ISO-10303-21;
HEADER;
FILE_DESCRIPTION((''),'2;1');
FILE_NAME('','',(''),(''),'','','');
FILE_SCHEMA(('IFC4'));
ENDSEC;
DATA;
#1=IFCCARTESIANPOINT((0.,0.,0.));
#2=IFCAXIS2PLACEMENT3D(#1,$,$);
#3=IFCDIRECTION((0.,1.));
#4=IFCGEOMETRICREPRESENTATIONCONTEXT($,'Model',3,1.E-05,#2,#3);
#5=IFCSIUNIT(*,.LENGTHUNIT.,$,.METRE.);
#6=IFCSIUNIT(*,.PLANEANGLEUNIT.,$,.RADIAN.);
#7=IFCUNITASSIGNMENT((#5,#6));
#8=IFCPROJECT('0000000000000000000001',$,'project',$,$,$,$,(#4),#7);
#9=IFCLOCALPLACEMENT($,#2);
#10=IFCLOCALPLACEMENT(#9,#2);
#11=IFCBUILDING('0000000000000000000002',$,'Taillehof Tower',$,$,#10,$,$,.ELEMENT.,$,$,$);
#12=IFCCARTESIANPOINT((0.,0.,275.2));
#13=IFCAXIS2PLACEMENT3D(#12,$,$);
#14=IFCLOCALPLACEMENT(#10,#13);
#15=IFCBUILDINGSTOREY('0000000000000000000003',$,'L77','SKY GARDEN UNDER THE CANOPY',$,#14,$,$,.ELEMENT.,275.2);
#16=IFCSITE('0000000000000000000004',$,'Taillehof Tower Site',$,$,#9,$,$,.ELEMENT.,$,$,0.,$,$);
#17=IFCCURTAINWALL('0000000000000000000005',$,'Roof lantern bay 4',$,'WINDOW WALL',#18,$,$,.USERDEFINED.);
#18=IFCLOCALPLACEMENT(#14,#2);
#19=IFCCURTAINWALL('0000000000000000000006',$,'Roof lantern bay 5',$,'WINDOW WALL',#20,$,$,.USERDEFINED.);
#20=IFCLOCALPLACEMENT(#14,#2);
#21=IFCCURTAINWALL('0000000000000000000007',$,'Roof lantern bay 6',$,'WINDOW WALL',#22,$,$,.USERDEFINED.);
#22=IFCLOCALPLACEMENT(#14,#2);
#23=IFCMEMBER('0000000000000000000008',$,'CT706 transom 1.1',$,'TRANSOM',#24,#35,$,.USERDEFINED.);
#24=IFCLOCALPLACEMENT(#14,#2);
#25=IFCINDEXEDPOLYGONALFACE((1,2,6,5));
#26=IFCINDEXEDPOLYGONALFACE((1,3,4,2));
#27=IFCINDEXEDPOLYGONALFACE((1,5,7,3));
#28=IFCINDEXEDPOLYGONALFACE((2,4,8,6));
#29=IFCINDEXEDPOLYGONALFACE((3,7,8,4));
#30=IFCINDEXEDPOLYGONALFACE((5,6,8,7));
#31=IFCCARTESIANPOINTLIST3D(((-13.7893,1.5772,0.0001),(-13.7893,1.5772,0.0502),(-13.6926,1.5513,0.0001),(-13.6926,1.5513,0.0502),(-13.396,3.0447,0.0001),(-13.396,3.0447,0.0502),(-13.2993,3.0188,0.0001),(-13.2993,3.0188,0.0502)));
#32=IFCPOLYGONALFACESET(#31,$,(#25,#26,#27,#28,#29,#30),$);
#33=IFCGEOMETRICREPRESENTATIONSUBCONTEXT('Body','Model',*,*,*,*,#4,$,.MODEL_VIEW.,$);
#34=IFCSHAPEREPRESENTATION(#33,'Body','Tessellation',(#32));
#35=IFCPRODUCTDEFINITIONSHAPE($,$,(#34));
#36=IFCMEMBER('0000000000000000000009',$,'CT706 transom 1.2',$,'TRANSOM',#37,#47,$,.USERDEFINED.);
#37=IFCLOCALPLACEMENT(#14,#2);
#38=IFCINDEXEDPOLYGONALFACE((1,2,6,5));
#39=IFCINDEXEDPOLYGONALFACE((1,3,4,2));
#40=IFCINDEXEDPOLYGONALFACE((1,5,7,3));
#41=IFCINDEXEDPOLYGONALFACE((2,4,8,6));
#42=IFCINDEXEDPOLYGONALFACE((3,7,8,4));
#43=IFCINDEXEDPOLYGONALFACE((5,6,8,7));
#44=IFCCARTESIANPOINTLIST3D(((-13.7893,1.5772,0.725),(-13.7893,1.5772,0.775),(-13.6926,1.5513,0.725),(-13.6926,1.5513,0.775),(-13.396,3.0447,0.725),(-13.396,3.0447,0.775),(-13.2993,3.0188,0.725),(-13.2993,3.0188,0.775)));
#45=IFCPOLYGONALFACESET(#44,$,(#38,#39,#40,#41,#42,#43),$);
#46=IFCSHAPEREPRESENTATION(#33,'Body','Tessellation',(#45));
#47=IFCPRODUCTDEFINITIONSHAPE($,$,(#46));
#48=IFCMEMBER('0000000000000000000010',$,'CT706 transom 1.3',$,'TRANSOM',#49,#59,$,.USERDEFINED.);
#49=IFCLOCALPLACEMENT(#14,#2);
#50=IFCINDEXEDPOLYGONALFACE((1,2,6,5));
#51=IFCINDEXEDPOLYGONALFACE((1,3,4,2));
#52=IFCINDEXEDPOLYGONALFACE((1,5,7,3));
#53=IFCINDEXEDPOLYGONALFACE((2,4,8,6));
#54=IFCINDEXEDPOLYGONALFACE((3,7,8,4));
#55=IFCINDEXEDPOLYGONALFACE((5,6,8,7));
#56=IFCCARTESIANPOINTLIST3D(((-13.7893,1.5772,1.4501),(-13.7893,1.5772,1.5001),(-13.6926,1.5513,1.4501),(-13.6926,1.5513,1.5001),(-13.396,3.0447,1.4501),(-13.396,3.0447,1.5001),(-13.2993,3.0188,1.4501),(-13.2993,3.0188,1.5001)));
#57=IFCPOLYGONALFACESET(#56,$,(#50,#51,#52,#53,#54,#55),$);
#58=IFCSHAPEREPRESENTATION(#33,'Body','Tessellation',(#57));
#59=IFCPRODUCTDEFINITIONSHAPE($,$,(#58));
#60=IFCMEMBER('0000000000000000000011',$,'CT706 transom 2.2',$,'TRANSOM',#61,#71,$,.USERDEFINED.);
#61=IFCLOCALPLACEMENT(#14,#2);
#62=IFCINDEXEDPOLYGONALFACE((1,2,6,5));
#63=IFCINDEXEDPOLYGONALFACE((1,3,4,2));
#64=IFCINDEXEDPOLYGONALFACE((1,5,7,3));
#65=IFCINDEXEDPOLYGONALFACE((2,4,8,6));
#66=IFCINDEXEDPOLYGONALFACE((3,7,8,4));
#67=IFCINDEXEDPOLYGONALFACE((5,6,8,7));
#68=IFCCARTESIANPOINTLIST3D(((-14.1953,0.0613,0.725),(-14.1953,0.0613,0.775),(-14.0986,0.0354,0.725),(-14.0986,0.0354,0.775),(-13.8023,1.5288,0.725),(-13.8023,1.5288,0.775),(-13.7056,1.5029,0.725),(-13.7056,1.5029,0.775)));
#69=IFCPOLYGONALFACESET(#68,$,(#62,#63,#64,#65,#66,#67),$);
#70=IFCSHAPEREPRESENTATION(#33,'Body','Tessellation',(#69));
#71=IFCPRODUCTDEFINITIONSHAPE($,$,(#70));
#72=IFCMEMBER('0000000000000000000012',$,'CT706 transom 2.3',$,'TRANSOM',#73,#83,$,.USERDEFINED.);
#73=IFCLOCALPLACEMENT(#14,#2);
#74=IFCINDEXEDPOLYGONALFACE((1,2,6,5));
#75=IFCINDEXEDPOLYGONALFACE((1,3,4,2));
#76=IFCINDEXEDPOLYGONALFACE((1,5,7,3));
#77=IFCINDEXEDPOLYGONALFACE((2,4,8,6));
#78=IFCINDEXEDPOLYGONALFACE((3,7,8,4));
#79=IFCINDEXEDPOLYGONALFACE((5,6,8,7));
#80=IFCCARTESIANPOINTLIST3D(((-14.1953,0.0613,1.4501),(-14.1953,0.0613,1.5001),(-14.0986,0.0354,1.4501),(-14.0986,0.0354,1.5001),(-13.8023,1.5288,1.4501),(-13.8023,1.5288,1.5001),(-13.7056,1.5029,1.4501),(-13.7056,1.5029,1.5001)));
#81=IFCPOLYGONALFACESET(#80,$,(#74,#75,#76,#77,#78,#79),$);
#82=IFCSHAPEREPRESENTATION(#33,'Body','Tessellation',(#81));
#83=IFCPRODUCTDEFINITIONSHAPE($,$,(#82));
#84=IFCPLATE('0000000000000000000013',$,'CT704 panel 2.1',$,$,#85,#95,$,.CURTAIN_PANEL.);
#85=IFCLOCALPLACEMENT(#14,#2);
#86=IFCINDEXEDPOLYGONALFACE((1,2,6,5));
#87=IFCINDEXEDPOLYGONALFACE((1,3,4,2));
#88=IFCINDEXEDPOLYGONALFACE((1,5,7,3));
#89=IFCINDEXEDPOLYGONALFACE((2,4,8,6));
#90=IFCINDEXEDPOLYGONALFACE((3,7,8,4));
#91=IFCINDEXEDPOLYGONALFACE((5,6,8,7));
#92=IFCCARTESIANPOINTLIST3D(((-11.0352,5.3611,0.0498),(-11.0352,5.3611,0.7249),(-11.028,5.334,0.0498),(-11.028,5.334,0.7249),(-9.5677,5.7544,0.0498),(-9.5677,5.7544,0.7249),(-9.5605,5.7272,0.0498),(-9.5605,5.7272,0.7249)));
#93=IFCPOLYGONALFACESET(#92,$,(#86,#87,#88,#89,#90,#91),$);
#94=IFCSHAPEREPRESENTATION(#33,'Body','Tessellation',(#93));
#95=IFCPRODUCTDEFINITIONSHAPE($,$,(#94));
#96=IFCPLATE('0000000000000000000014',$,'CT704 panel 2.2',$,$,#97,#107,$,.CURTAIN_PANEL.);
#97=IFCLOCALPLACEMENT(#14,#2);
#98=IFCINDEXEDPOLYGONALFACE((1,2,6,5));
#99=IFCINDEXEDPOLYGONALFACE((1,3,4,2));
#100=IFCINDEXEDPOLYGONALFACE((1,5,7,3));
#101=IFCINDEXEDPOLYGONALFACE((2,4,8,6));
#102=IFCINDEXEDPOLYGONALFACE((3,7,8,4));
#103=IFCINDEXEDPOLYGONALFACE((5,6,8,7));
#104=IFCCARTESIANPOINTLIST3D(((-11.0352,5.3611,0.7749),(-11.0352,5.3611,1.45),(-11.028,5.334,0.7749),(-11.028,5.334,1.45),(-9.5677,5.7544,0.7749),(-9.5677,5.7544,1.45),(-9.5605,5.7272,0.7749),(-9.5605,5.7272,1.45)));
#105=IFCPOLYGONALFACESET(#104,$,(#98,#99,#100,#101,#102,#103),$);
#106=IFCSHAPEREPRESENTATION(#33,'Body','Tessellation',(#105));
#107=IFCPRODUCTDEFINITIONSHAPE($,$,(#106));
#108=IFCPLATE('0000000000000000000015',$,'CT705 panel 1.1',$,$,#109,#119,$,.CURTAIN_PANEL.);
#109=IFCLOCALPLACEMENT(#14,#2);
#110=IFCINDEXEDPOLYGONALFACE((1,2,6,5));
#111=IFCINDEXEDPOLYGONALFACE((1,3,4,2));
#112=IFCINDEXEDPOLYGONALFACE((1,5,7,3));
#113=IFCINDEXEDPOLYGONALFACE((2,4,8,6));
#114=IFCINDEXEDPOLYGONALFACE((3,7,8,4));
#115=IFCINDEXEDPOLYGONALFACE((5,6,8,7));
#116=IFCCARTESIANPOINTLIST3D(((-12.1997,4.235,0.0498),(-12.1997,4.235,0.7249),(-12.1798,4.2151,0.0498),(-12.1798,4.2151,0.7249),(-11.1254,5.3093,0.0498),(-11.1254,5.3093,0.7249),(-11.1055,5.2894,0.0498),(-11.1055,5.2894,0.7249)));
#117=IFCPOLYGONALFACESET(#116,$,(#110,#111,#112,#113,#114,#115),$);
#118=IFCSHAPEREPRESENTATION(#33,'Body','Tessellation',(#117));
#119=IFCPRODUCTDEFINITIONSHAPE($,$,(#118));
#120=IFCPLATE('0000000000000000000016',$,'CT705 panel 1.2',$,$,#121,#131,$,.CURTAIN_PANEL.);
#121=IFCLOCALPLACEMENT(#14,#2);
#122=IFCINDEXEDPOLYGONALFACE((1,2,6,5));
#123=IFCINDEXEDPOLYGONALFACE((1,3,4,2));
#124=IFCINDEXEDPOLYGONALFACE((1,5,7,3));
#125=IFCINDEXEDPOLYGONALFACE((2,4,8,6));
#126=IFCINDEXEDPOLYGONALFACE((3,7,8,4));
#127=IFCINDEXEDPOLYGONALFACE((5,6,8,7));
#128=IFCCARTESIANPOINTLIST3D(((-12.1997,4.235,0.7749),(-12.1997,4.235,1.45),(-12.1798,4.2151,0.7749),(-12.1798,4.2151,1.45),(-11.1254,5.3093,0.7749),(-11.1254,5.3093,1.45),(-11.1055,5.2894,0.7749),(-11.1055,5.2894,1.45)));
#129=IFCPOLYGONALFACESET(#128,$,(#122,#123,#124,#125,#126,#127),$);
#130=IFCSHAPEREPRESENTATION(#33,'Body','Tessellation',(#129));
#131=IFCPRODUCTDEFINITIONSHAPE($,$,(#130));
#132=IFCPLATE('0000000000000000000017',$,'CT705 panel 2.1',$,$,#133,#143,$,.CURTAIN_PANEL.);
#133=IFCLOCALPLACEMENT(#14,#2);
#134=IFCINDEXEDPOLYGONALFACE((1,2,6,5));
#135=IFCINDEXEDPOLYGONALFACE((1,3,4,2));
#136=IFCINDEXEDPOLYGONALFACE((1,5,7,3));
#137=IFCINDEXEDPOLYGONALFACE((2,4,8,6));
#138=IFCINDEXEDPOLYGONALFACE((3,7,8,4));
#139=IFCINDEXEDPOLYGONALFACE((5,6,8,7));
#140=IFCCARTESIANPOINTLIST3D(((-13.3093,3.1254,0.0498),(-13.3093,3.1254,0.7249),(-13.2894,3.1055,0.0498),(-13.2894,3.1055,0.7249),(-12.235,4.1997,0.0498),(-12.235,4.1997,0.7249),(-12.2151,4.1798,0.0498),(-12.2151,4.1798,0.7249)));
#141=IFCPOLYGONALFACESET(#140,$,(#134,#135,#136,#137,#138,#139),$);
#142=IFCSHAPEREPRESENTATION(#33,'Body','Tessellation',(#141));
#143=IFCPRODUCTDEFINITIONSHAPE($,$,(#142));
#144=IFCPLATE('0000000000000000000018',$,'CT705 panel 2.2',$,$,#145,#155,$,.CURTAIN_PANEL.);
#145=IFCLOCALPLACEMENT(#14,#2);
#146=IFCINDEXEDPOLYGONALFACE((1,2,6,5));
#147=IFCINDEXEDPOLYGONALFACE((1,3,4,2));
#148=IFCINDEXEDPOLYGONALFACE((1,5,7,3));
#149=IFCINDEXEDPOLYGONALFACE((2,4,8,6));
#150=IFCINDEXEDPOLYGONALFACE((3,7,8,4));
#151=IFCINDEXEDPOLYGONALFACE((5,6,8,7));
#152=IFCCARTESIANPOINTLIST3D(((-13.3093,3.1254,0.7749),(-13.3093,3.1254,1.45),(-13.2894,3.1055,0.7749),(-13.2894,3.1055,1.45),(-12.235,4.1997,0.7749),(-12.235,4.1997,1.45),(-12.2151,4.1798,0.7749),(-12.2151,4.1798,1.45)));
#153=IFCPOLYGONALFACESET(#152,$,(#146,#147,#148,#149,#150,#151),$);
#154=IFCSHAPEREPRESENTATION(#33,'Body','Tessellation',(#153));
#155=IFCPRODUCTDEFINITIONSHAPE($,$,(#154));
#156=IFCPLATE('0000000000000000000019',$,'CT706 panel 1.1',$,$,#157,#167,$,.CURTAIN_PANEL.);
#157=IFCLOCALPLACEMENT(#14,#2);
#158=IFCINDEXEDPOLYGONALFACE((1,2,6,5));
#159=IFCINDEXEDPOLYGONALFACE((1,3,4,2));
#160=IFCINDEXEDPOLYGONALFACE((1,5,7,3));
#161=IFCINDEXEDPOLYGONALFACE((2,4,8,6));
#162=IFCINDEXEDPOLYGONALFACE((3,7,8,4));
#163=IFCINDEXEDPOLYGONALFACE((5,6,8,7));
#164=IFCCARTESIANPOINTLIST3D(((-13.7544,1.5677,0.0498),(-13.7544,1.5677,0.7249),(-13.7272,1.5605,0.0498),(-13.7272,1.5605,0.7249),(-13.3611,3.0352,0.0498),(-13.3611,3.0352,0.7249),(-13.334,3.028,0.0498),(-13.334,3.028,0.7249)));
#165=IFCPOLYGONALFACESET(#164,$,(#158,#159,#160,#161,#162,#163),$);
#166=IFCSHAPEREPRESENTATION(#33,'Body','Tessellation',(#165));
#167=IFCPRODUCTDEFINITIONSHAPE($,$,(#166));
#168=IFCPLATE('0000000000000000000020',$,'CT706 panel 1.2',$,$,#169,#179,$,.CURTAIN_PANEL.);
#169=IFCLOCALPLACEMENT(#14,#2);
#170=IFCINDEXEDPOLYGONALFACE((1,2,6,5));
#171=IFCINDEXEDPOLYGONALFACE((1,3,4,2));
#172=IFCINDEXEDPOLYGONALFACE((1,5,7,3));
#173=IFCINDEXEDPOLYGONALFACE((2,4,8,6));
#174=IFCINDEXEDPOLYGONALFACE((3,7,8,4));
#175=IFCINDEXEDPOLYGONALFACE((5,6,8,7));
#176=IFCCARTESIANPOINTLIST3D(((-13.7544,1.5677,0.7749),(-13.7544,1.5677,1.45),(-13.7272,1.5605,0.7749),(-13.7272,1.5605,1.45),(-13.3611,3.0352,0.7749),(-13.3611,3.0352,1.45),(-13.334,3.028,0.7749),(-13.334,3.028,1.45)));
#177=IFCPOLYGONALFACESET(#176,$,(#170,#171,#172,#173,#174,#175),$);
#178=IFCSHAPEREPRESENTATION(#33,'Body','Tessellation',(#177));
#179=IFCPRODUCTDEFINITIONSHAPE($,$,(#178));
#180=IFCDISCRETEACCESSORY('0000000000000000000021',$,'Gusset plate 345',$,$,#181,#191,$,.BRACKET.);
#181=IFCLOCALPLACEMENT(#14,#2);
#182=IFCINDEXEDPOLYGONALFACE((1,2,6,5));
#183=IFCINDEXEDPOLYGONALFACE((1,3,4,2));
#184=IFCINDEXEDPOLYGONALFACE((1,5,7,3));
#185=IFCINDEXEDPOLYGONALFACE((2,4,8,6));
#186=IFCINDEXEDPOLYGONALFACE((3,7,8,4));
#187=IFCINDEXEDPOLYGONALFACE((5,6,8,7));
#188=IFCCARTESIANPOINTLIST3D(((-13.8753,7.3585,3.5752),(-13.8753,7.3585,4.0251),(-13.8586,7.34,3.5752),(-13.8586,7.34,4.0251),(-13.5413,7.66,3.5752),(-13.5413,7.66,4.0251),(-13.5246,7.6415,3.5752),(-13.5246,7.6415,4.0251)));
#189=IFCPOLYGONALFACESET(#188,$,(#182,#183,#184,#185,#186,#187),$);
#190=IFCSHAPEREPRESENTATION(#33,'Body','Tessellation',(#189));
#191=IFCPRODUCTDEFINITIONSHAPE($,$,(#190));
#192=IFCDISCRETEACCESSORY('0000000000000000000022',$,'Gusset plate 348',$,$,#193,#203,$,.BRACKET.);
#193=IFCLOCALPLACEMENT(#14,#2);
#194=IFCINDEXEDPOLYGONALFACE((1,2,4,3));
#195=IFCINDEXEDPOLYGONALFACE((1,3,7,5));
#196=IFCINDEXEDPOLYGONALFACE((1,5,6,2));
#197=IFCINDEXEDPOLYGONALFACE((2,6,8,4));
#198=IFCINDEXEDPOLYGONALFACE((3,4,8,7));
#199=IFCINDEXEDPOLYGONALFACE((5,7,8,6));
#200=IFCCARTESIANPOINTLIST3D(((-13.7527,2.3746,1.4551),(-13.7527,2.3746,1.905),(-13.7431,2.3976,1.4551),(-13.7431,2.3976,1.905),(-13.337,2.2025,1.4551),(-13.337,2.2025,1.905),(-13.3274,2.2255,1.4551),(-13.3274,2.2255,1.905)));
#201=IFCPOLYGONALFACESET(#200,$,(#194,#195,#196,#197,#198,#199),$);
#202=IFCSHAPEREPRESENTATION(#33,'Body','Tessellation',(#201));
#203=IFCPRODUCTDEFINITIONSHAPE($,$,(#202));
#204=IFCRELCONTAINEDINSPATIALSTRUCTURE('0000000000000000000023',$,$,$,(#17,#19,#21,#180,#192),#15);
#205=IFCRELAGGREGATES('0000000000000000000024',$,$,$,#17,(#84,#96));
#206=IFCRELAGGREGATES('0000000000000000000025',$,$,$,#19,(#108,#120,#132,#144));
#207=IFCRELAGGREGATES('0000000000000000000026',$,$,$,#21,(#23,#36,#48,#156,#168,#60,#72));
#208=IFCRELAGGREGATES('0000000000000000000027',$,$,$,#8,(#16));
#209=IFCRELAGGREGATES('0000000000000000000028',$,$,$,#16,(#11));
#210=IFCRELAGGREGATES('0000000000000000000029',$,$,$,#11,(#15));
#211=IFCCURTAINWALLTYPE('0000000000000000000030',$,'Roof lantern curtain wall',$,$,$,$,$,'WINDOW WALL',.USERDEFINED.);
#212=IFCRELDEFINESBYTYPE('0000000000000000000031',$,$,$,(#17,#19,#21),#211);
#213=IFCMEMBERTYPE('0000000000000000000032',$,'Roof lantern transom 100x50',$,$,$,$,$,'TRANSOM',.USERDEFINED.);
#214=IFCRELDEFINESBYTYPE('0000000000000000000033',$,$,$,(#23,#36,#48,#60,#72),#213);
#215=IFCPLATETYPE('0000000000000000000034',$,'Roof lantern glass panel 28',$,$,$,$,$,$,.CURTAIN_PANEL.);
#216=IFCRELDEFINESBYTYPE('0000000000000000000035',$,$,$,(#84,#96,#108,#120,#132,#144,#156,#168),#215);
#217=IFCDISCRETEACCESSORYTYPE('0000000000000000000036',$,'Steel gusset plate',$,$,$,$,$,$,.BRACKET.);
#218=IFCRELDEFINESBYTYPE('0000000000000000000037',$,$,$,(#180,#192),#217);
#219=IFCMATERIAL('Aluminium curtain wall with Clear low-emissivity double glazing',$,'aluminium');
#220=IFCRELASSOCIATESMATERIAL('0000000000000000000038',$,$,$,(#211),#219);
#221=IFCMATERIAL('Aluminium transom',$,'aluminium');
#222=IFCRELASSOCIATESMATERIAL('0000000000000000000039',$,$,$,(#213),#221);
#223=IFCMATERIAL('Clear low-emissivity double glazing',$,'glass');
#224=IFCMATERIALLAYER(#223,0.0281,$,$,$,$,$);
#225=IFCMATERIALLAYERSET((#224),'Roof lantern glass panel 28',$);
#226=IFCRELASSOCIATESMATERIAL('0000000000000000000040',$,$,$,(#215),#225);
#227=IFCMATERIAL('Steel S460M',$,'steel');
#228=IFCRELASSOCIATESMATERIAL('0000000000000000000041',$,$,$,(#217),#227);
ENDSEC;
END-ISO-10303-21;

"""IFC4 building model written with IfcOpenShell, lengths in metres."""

from ifc_helpers import new_model, si_unit, direction, frame, origin, origin_2d, place, context, subcontext, project, spatial, rectangle, extrude, material, layer, layer_set, material_profile, profile_set, type_object, element, aggregate, save


model = new_model("IFC4")

# Units and contexts
model_context = context("Model", 3, precision=1e-05, world=origin(), true_north=direction((0.0, 1.0)))
body_context = subcontext(model_context, "Body", "Model", "MODEL_VIEW")
ifc_project = project(units=[si_unit("LENGTHUNIT", "METRE"), si_unit("PLANEANGLEUNIT", "RADIAN")], contexts=[model_context])

# Site, building, storey
site_placement = place(None, origin())
site = spatial("IfcSite", under=ifc_project, at=site_placement, Name="Taillehof Tower Site", CompositionType="ELEMENT", RefElevation=0.0)
building_placement = place(site_placement, origin())
building = spatial("IfcBuilding", under=site, at=building_placement, Name="Taillehof Tower", CompositionType="ELEMENT")
storey_placement = place(building_placement, frame((0.0, 0.0, 275.2)))
storey = spatial("IfcBuildingStorey", under=building, at=storey_placement, Name="L77", Description="SKY GARDEN UNDER THE CANOPY", CompositionType="ELEMENT", Elevation=275.2)

# Curtain wall
ifc_material_1 = material(Name="Aluminium curtain wall with Clear low-emissivity double glazing", Category="aluminium")
curtain_wall_type = type_object("IfcCurtainWallType", Name="Roof lantern curtain wall", ElementType="WINDOW WALL", PredefinedType="USERDEFINED", material=ifc_material_1)
curtain_wall_1_placement = place(storey_placement, origin())
curtain_wall_1 = element("IfcCurtainWall", 1, at=curtain_wall_1_placement, inside=storey, type_object=curtain_wall_type, Name="Roof lantern bay 4", ObjectType="WINDOW WALL", PredefinedType="USERDEFINED")

# Curtain walls
curtain_wall_2_placement = place(storey_placement, origin())
curtain_wall_2 = element("IfcCurtainWall", 2, at=curtain_wall_2_placement, inside=storey, type_object=curtain_wall_type, Name="Roof lantern bay 5", ObjectType="WINDOW WALL", PredefinedType="USERDEFINED")
curtain_wall_3_placement = place(storey_placement, origin())
curtain_wall_3 = element("IfcCurtainWall", 3, at=curtain_wall_3_placement, inside=storey, type_object=curtain_wall_type, Name="Roof lantern bay 6", ObjectType="WINDOW WALL", PredefinedType="USERDEFINED")

# Members
ifc_material_2 = material(Name="Aluminium transom", Category="aluminium")
ifc_material_profile_1 = material_profile(ifc_material_2, rectangle(XDim=0.1001, YDim=0.05, at=origin_2d()), Name="AL 100x50")
ifc_profile_set_1 = profile_set([ifc_material_profile_1], Name="Aluminium transom")
member_type_1 = type_object("IfcMemberType", Name="Roof lantern transom 100x50", ElementType="TRANSOM", PredefinedType="USERDEFINED", material=ifc_profile_set_1)
member_1_placement = place(storey_placement, frame((-13.3477, 3.0317, 0.0251), z_axis=(-0.258873, -0.965911, 0.0), x_axis=(0.965911, -0.258873, 0.0)))
member_1 = element("IfcMember", 4, at=member_1_placement, type_object=member_type_1, Name="CT706 transom 1.1", ObjectType="TRANSOM", PredefinedType="USERDEFINED", context=body_context, shape_type="SweptSolid", body=[
    extrude(rectangle(XDim=0.1001, YDim=0.05, at=origin_2d()), origin(), (0.0, 0.0, 1.0), 1.5193),
])
member_2_placement = place(storey_placement, frame((-13.3477, 3.0317, 0.75), z_axis=(-0.258873, -0.965911, 0.0), x_axis=(0.965911, -0.258873, 0.0)))
member_2 = element("IfcMember", 5, at=member_2_placement, type_object=member_type_1, Name="CT706 transom 1.2", ObjectType="TRANSOM", PredefinedType="USERDEFINED", context=body_context, shape_type="SweptSolid", body=[
    extrude(rectangle(XDim=0.1001, YDim=0.05, at=origin_2d()), origin(), (0.0, 0.0, 1.0), 1.5193),
])
member_3_placement = place(storey_placement, frame((-13.3477, 3.0317, 1.4751), z_axis=(-0.258873, -0.965911, 0.0), x_axis=(0.965911, -0.258873, 0.0)))
member_3 = element("IfcMember", 6, at=member_3_placement, type_object=member_type_1, Name="CT706 transom 1.3", ObjectType="TRANSOM", PredefinedType="USERDEFINED", context=body_context, shape_type="SweptSolid", body=[
    extrude(rectangle(XDim=0.1001, YDim=0.05, at=origin_2d()), origin(), (0.0, 0.0, 1.0), 1.5193),
])
member_4_placement = place(storey_placement, frame((-13.7539, 1.5159, 0.75), z_axis=(-0.258723, -0.965952, 0.0), x_axis=(0.965952, -0.258723, 0.0)))
member_4 = element("IfcMember", 7, at=member_4_placement, type_object=member_type_1, Name="CT706 transom 2.2", ObjectType="TRANSOM", PredefinedType="USERDEFINED", context=body_context, shape_type="SweptSolid", body=[
    extrude(rectangle(XDim=0.1001, YDim=0.05, at=origin_2d()), origin(), (0.0, 0.0, 1.0), 1.5193),
])
member_5_placement = place(storey_placement, frame((-13.7539, 1.5159, 1.4751), z_axis=(-0.258723, -0.965952, 0.0), x_axis=(0.965952, -0.258723, 0.0)))
member_5 = element("IfcMember", 8, at=member_5_placement, type_object=member_type_1, Name="CT706 transom 2.3", ObjectType="TRANSOM", PredefinedType="USERDEFINED", context=body_context, shape_type="SweptSolid", body=[
    extrude(rectangle(XDim=0.1001, YDim=0.05, at=origin_2d()), origin(), (0.0, 0.0, 1.0), 1.5193),
])

# Plates
ifc_material_3 = material(Name="Clear low-emissivity double glazing", Category="glass")
ifc_layer = layer(ifc_material_3, 0.0281)
ifc_layer_set = layer_set([ifc_layer], Name="Roof lantern glass panel 28")
plate_type = type_object("IfcPlateType", Name="Roof lantern glass panel 28", PredefinedType="CURTAIN_PANEL", material=ifc_layer_set)
plate_1_placement = place(storey_placement, frame((-10.2979, 5.5442, 0.0498), z_axis=(0.0, 0.0, 1.0), x_axis=(-0.965926, -0.258819, 0.0)))
plate_1 = element("IfcPlate", 9, at=plate_1_placement, type_object=plate_type, Name="CT704 panel 2.1", PredefinedType="CURTAIN_PANEL", context=body_context, shape_type="SweptSolid", body=[
    extrude(rectangle(XDim=1.5193, YDim=0.0281, at=origin_2d()), origin(), (0.0, 0.0, 1.0), 0.675),
])
plate_2_placement = place(storey_placement, frame((-10.2979, 5.5442, 0.7749), z_axis=(0.0, 0.0, 1.0), x_axis=(-0.965926, -0.258819, 0.0)))
plate_2 = element("IfcPlate", 10, at=plate_2_placement, type_object=plate_type, Name="CT704 panel 2.2", PredefinedType="CURTAIN_PANEL", context=body_context, shape_type="SweptSolid", body=[
    extrude(rectangle(XDim=1.5193, YDim=0.0281, at=origin_2d()), origin(), (0.0, 0.0, 1.0), 0.675),
])
aggregate(curtain_wall_1, [plate_1, plate_2])
plate_3_placement = place(storey_placement, frame((-11.6526, 4.7622, 0.0498), z_axis=(0.0, 0.0, 1.0), x_axis=(-0.707107, -0.707107, 0.0)))
plate_3 = element("IfcPlate", 11, at=plate_3_placement, type_object=plate_type, Name="CT705 panel 1.1", PredefinedType="CURTAIN_PANEL", context=body_context, shape_type="SweptSolid", body=[
    extrude(rectangle(XDim=1.5193, YDim=0.0281, at=origin_2d()), origin(), (0.0, 0.0, 1.0), 0.675),
])
plate_4_placement = place(storey_placement, frame((-11.6526, 4.7622, 0.7749), z_axis=(0.0, 0.0, 1.0), x_axis=(-0.707107, -0.707107, 0.0)))
plate_4 = element("IfcPlate", 12, at=plate_4_placement, type_object=plate_type, Name="CT705 panel 1.2", PredefinedType="CURTAIN_PANEL", context=body_context, shape_type="SweptSolid", body=[
    extrude(rectangle(XDim=1.5193, YDim=0.0281, at=origin_2d()), origin(), (0.0, 0.0, 1.0), 0.675),
])
plate_5_placement = place(storey_placement, frame((-12.7622, 3.6526, 0.0498), z_axis=(0.0, 0.0, 1.0), x_axis=(-0.707107, -0.707107, 0.0)))
plate_5 = element("IfcPlate", 13, at=plate_5_placement, type_object=plate_type, Name="CT705 panel 2.1", PredefinedType="CURTAIN_PANEL", context=body_context, shape_type="SweptSolid", body=[
    extrude(rectangle(XDim=1.5193, YDim=0.0281, at=origin_2d()), origin(), (0.0, 0.0, 1.0), 0.675),
])
plate_6_placement = place(storey_placement, frame((-12.7622, 3.6526, 0.7749), z_axis=(0.0, 0.0, 1.0), x_axis=(-0.707107, -0.707107, 0.0)))
plate_6 = element("IfcPlate", 14, at=plate_6_placement, type_object=plate_type, Name="CT705 panel 2.2", PredefinedType="CURTAIN_PANEL", context=body_context, shape_type="SweptSolid", body=[
    extrude(rectangle(XDim=1.5193, YDim=0.0281, at=origin_2d()), origin(), (0.0, 0.0, 1.0), 0.675),
])
aggregate(curtain_wall_2, [plate_3, plate_4, plate_5, plate_6])
plate_7_placement = place(storey_placement, frame((-13.5442, 2.2979, 0.0498), z_axis=(0.0, 0.0, 1.0), x_axis=(-0.258819, -0.965926, 0.0)))
plate_7 = element("IfcPlate", 15, at=plate_7_placement, type_object=plate_type, Name="CT706 panel 1.1", PredefinedType="CURTAIN_PANEL", context=body_context, shape_type="SweptSolid", body=[
    extrude(rectangle(XDim=1.5193, YDim=0.0281, at=origin_2d()), origin(), (0.0, 0.0, 1.0), 0.675),
])
plate_8_placement = place(storey_placement, frame((-13.5442, 2.2979, 0.7749), z_axis=(0.0, 0.0, 1.0), x_axis=(-0.258819, -0.965926, 0.0)))
plate_8 = element("IfcPlate", 16, at=plate_8_placement, type_object=plate_type, Name="CT706 panel 1.2", PredefinedType="CURTAIN_PANEL", context=body_context, shape_type="SweptSolid", body=[
    extrude(rectangle(XDim=1.5193, YDim=0.0281, at=origin_2d()), origin(), (0.0, 0.0, 1.0), 0.675),
])
aggregate(curtain_wall_3, [member_1, member_2, member_3, plate_7, plate_8, member_4, member_5])

# Discrete accessories
ifc_material_4 = material(Name="Steel S460M", Category="steel")
discrete_accessory_type = type_object("IfcDiscreteAccessoryType", Name="Steel gusset plate", PredefinedType="BRACKET", material=ifc_material_4)
for number, where, z_axis, x_axis, name in (
    (17, (-13.7, 7.5, 3.5752), (0.0, 0.0, 1.0), (0.742453, 0.669898, 0.0), "Gusset plate 345"),
    (18, (-13.54, 2.3, 1.4551), (0.0, 0.0, 1.0), (0.923879, -0.382685, 0.0), "Gusset plate 348"),
):
    element("IfcDiscreteAccessory", number, at=place(storey_placement, frame(where, z_axis=z_axis, x_axis=x_axis)), inside=storey, type_object=discrete_accessory_type, Name=name, PredefinedType="BRACKET", context=body_context, shape_type="SweptSolid", body=[
        extrude(rectangle(XDim=0.45, YDim=0.0249, at=origin_2d()), origin(), (0.0, 0.0, 1.0), 0.45),
    ])

save(model, "model.ifc")
